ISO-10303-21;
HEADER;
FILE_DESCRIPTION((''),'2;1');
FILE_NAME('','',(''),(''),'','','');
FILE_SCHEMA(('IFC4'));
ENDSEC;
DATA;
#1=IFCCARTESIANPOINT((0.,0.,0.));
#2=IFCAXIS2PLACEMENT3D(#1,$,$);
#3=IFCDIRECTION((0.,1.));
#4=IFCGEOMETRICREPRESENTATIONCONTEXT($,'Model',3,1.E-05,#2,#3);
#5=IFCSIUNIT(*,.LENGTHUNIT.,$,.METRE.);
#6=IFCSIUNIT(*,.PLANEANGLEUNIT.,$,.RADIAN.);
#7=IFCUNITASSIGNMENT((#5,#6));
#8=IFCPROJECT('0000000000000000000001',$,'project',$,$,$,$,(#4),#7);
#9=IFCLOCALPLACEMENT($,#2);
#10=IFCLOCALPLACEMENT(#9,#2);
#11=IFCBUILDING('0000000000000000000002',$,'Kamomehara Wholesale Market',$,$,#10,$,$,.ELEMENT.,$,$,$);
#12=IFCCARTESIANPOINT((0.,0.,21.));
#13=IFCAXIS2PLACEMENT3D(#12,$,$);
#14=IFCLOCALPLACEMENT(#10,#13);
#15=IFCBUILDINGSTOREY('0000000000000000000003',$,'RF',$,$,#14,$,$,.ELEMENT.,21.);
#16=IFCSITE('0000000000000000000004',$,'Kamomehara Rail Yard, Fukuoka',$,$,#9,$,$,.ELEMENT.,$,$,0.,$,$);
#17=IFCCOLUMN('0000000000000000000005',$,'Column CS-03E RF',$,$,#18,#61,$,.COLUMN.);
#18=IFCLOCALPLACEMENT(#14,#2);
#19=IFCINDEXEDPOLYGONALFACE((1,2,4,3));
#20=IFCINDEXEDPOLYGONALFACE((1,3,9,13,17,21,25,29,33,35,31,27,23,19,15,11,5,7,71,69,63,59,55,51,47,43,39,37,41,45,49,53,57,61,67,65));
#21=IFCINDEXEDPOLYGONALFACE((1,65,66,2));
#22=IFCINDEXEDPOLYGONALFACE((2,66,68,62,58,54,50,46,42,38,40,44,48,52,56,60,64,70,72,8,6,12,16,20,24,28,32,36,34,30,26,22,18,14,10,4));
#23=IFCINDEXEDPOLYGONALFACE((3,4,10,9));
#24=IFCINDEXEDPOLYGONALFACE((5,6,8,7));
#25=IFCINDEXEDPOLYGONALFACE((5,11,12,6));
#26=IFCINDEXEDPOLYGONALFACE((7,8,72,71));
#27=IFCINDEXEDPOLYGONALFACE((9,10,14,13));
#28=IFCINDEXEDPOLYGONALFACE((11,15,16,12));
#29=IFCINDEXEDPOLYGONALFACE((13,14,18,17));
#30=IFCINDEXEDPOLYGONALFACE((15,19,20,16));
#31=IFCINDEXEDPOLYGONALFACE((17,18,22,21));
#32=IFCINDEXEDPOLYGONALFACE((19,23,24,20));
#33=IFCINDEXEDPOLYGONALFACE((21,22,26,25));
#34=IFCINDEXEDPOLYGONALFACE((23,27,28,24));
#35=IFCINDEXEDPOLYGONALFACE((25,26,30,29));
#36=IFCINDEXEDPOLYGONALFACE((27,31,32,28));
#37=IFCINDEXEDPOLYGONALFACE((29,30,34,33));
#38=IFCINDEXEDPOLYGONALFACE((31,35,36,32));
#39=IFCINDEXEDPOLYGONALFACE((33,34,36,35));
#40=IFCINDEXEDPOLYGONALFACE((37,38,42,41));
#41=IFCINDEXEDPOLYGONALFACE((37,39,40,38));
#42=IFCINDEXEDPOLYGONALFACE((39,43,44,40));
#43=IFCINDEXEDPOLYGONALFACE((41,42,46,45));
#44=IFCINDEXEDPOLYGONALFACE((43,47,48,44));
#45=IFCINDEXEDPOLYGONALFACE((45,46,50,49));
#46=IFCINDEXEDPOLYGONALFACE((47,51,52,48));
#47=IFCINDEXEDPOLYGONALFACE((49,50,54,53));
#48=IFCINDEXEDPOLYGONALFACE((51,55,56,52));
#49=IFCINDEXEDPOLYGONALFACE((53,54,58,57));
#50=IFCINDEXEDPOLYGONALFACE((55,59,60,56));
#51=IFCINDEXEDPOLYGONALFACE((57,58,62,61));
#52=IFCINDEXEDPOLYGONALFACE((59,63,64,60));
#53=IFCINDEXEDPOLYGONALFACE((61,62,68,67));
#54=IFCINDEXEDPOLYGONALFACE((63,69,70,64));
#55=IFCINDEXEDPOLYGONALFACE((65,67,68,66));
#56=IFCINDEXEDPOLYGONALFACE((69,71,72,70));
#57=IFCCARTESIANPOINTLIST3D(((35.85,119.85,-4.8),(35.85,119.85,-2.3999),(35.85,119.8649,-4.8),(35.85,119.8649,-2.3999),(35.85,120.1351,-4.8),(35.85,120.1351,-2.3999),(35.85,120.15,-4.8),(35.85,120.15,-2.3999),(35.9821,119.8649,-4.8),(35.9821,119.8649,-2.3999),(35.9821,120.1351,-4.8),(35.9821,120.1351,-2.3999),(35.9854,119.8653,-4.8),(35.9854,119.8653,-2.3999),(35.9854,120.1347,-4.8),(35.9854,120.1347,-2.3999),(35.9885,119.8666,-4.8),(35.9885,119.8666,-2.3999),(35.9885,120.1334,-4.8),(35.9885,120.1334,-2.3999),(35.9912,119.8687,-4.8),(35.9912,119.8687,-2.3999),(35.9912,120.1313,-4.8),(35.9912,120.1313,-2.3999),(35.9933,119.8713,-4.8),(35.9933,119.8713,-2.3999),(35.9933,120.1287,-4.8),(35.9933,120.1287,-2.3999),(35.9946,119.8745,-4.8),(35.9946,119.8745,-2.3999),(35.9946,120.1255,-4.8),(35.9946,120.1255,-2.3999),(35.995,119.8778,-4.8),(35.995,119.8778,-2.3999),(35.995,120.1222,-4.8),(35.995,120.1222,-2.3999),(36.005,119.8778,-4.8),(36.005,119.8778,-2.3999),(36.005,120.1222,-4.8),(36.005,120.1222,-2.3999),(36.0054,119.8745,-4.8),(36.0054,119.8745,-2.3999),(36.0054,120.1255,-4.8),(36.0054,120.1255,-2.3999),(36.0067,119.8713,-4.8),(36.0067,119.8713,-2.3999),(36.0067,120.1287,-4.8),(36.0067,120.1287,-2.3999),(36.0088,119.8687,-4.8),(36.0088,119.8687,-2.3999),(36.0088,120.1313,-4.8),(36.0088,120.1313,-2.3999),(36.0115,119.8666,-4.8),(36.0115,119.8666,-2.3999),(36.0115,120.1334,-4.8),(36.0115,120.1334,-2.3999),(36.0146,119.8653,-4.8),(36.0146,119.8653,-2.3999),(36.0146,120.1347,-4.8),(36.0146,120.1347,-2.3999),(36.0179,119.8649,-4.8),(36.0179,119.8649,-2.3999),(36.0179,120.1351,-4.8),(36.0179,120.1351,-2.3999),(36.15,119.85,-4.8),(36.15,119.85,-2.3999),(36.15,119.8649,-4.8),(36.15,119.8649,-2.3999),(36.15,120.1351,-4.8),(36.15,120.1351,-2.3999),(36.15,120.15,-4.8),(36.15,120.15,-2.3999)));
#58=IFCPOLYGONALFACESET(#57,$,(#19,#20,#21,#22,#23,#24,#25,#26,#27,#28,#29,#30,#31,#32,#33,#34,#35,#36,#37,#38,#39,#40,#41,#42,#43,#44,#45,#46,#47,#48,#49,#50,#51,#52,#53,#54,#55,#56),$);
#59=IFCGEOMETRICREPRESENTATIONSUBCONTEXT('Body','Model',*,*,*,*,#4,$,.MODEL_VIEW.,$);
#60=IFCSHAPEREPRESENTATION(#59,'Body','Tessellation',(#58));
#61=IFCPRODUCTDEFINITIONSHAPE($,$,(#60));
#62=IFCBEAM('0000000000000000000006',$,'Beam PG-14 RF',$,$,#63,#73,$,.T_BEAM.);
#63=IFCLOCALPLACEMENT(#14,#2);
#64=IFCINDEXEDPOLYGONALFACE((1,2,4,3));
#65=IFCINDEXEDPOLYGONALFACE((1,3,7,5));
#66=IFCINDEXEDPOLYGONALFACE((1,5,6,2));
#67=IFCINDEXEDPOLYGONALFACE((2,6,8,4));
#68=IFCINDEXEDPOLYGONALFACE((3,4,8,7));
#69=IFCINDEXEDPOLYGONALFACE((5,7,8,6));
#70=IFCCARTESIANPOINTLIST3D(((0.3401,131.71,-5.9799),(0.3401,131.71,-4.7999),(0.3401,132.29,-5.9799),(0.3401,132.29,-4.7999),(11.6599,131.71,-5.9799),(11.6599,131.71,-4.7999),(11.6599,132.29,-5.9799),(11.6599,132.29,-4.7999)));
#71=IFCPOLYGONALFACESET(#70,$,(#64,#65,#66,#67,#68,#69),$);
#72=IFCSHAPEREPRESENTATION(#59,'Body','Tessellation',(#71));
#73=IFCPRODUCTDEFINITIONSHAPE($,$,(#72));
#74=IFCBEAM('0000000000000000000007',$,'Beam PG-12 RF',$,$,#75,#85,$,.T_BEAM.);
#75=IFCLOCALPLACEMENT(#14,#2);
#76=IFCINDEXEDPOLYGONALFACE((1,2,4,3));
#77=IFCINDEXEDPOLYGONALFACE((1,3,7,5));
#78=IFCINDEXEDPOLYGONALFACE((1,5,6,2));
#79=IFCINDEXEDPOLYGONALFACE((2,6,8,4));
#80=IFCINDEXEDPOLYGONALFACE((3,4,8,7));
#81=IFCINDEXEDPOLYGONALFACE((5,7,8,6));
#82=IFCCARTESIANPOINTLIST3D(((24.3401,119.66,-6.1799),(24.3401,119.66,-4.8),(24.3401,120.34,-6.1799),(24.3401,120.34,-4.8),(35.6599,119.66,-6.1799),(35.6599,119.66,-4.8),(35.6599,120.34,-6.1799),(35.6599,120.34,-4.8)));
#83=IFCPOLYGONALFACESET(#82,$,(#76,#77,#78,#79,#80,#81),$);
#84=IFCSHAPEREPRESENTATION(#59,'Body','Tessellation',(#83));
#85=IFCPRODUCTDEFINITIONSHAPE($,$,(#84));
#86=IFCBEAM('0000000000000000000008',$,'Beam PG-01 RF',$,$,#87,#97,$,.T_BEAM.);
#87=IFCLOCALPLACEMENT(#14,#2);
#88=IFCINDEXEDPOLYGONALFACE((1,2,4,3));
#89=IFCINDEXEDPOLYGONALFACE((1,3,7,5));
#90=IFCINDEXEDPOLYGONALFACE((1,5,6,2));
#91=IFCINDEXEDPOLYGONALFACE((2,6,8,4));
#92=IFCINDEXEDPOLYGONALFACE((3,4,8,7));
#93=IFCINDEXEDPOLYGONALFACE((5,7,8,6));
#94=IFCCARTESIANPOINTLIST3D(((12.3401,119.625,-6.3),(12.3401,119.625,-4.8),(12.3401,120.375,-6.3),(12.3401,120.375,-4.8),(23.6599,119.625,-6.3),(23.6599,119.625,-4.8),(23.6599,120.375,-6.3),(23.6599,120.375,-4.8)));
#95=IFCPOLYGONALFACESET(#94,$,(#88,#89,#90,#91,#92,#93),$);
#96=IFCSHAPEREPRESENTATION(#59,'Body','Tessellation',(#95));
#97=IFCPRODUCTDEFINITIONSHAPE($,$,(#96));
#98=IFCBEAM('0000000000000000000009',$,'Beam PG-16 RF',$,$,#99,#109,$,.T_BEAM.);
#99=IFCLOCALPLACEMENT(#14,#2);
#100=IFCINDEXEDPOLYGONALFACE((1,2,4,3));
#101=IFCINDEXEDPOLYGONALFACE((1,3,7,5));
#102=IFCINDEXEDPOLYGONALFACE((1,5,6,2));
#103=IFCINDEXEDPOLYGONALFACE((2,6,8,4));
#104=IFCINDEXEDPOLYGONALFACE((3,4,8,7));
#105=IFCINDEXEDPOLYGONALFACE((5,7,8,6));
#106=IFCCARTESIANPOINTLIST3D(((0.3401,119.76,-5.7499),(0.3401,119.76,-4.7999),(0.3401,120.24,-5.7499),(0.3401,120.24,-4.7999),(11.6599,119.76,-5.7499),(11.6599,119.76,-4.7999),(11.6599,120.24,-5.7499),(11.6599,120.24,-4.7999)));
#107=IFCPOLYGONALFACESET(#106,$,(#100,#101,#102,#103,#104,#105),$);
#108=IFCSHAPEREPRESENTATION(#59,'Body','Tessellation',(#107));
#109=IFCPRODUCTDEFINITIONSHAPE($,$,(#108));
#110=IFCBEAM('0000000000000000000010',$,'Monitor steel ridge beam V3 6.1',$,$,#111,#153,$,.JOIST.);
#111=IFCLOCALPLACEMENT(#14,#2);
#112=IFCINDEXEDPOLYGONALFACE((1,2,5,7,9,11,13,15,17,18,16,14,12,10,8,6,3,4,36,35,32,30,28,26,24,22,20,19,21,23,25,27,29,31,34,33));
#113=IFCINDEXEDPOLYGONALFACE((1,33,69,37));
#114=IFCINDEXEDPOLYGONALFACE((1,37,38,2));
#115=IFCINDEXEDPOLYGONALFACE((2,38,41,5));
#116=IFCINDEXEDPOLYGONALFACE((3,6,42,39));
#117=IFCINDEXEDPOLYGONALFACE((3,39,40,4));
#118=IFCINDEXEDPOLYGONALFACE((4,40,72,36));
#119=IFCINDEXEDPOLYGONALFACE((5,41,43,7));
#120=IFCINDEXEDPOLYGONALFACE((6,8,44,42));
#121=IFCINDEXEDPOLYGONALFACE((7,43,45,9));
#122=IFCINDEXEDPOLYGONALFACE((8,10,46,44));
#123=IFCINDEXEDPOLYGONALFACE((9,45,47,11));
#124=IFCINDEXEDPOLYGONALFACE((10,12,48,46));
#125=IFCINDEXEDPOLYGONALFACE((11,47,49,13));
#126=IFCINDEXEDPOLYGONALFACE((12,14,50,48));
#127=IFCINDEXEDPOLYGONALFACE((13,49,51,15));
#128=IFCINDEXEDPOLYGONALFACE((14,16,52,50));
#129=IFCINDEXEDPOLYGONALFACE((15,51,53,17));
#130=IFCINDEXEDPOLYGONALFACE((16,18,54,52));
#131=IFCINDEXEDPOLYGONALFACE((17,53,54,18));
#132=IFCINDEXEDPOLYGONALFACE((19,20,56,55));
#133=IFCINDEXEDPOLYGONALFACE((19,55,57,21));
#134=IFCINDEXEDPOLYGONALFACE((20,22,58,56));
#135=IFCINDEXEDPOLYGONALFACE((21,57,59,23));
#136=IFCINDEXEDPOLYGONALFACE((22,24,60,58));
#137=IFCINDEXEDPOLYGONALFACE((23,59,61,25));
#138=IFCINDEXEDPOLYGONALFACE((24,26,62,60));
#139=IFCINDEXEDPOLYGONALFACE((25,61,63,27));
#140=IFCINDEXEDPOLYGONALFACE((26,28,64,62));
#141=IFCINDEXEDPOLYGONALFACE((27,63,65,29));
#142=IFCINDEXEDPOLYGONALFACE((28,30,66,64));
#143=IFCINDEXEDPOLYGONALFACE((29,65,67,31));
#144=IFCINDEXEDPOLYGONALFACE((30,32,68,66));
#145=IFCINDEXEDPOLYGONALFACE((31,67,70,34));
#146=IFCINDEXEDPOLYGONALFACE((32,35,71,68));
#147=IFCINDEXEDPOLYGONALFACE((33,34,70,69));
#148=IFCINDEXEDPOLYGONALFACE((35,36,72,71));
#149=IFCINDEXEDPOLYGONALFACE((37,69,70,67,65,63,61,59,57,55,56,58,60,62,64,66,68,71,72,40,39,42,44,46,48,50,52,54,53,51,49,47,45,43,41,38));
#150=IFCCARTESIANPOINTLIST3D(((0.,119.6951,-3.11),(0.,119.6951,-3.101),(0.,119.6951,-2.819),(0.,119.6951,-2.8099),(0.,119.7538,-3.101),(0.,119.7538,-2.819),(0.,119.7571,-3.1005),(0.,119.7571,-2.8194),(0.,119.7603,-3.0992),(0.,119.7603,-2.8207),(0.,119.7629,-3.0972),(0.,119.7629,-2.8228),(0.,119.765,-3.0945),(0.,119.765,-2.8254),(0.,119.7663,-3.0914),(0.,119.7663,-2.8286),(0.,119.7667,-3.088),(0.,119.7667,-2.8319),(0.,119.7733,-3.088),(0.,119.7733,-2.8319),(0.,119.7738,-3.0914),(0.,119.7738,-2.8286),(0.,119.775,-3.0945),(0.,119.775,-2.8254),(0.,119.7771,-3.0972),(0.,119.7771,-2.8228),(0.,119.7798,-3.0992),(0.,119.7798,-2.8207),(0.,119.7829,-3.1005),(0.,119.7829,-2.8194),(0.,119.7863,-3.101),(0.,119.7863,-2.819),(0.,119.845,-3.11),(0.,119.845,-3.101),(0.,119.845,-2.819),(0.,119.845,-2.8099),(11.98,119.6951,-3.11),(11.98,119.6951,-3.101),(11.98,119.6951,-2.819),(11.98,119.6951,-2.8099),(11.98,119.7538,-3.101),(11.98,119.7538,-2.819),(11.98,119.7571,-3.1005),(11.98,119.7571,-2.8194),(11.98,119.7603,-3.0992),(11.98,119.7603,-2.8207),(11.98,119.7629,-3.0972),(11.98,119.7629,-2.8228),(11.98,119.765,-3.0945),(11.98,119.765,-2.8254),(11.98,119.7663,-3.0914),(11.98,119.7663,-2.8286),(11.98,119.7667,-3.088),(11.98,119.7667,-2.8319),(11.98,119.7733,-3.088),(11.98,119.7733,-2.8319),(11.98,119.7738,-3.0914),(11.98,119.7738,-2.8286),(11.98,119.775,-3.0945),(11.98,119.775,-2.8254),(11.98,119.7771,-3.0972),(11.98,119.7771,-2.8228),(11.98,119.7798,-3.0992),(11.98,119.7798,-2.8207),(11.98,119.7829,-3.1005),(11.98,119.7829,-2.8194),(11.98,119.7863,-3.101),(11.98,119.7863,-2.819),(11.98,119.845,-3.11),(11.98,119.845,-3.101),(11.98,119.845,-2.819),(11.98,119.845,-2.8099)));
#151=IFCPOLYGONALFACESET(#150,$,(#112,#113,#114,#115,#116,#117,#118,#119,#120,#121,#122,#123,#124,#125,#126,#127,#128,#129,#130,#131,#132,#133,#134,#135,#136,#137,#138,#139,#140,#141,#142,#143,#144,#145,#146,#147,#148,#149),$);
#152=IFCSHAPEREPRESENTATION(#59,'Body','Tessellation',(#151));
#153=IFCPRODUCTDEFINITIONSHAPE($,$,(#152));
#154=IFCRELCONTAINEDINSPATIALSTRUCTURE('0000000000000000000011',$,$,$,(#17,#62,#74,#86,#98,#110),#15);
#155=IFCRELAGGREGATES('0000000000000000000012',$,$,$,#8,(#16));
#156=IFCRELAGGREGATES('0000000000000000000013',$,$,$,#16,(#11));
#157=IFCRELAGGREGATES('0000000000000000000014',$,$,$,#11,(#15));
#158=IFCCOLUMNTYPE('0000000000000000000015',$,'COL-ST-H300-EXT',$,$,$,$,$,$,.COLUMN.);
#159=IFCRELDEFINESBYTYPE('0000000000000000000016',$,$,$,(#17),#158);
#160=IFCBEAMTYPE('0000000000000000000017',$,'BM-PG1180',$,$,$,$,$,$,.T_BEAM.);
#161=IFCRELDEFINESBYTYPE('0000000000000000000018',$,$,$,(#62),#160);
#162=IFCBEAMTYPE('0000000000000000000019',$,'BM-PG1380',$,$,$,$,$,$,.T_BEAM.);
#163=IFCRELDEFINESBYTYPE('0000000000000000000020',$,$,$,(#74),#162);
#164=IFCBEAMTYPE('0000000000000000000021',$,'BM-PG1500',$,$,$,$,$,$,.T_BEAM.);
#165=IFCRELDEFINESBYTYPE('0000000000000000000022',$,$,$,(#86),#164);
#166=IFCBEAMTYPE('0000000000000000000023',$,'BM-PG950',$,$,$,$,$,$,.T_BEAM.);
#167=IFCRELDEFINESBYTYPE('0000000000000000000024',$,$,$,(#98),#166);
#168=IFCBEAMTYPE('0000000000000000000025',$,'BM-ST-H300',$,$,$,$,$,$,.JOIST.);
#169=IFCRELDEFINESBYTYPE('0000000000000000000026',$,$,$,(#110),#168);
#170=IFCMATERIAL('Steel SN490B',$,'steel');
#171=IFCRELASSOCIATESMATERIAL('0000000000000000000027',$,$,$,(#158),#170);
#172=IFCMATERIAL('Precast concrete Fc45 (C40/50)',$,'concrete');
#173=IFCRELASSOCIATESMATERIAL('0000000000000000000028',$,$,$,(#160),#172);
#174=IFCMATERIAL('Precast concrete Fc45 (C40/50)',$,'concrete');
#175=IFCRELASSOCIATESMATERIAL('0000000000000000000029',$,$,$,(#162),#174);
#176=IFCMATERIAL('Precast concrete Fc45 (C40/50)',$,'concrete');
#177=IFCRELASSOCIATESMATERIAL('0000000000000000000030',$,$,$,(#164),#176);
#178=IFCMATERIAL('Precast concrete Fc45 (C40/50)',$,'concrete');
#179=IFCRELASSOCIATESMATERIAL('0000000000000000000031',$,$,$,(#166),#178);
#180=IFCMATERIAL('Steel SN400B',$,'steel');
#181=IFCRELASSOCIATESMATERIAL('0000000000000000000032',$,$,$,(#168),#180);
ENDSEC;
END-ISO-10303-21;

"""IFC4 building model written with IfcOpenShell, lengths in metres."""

from ifc_helpers import new_model, si_unit, direction, frame, origin, origin_2d, place, context, subcontext, project, spatial, rectangle, i_section, extrude, material, material_profile, profile_set, type_object, element, save


model = new_model("IFC4")

# Units and contexts
model_context = context("Model", 3, precision=1e-05, world=origin(), true_north=direction((0.0, 1.0)))
body_context = subcontext(model_context, "Body", "Model", "MODEL_VIEW")
ifc_project = project(units=[si_unit("LENGTHUNIT", "METRE"), si_unit("PLANEANGLEUNIT", "RADIAN")], contexts=[model_context])

# Site, building, storey
site_placement = place(None, origin())
site = spatial("IfcSite", under=ifc_project, at=site_placement, Name="Kamomehara Rail Yard, Fukuoka", CompositionType="ELEMENT", RefElevation=0.0)
building_placement = place(site_placement, origin())
building = spatial("IfcBuilding", under=site, at=building_placement, Name="Kamomehara Wholesale Market", CompositionType="ELEMENT")
storey_placement = place(building_placement, frame((0.0, 0.0, 21.0)))
storey = spatial("IfcBuildingStorey", under=building, at=storey_placement, Name="RF", CompositionType="ELEMENT", Elevation=21.0)

# Column
ifc_material_1 = material(Name="Steel SN490B", Category="steel")
ifc_material_profile_1 = material_profile(ifc_material_1, i_section(OverallWidth=0.3, OverallDepth=0.3, WebThickness=0.01, FlangeThickness=0.0149, FilletRadius=0.0129, at=origin_2d()), Name="H-300x300x10x15")
ifc_profile_set_1 = profile_set([ifc_material_profile_1], Name="Steel SN490B")
column_type_1 = type_object("IfcColumnType", Name="COL-ST-H300-EXT", PredefinedType="COLUMN", material=ifc_profile_set_1)
for number, where, z_axis, x_axis, name in (
    (1, (36.0, 120.0, -4.8), (0.0, 0.0, 1.0), (1.0, 0.0, 0.0), "Column CS-03E RF"),
):
    element("IfcColumn", number, at=place(storey_placement, frame(where, z_axis=z_axis, x_axis=x_axis)), inside=storey, type_object=column_type_1, Name=name, PredefinedType="COLUMN", context=body_context, shape_type="SweptSolid", body=[
        extrude(i_section(OverallWidth=0.3, OverallDepth=0.3, WebThickness=0.01, FlangeThickness=0.0149, FilletRadius=0.0129, at=origin_2d()), origin(), (0.0, 0.0, 1.0), 2.4001),
    ])

# Beams
ifc_material_2 = material(Name="Precast concrete Fc45 (C40/50)", Category="concrete")
ifc_material_profile_2 = material_profile(ifc_material_2, rectangle(XDim=0.5801, YDim=1.1799, at=origin_2d()), Name="PC-GRD-580x1180")
ifc_profile_set_2 = profile_set([ifc_material_profile_2], Name="Precast concrete Fc45 (C40/50)")
beam_type_1 = type_object("IfcBeamType", Name="BM-PG1180", PredefinedType="T_BEAM", material=ifc_profile_set_2)
beam_1_placement = place(storey_placement, frame((0.3401, 132.0, -5.3899), z_axis=(1.0, 0.0, 0.0), x_axis=(0.0, 1.0, 0.0)))
element("IfcBeam", 2, at=beam_1_placement, inside=storey, type_object=beam_type_1, Name="Beam PG-14 RF", PredefinedType="T_BEAM", context=body_context, shape_type="SweptSolid", body=[
    extrude(rectangle(XDim=0.5801, YDim=1.1799, at=origin_2d()), origin(), (0.0, 0.0, 1.0), 11.3198),
])
ifc_material_3 = material(Name="Precast concrete Fc45 (C40/50)", Category="concrete")
ifc_material_profile_3 = material_profile(ifc_material_3, rectangle(XDim=0.6799, YDim=1.3799, at=origin_2d()), Name="PC-GRD-680x1380")
ifc_profile_set_3 = profile_set([ifc_material_profile_3], Name="Precast concrete Fc45 (C40/50)")
beam_type_2 = type_object("IfcBeamType", Name="BM-PG1380", PredefinedType="T_BEAM", material=ifc_profile_set_3)
beam_2_placement = place(storey_placement, frame((24.3401, 120.0, -5.49), z_axis=(1.0, 0.0, 0.0), x_axis=(0.0, 1.0, 0.0)))
element("IfcBeam", 3, at=beam_2_placement, inside=storey, type_object=beam_type_2, Name="Beam PG-12 RF", PredefinedType="T_BEAM", context=body_context, shape_type="SweptSolid", body=[
    extrude(rectangle(XDim=0.6799, YDim=1.3799, at=origin_2d()), origin(), (0.0, 0.0, 1.0), 11.3198),
])
ifc_material_4 = material(Name="Precast concrete Fc45 (C40/50)", Category="concrete")
ifc_material_profile_4 = material_profile(ifc_material_4, rectangle(XDim=0.75, YDim=1.5, at=origin_2d()), Name="PC-GRD-750x1500")
ifc_profile_set_4 = profile_set([ifc_material_profile_4], Name="Precast concrete Fc45 (C40/50)")
beam_type_3 = type_object("IfcBeamType", Name="BM-PG1500", PredefinedType="T_BEAM", material=ifc_profile_set_4)
beam_3_placement = place(storey_placement, frame((12.3401, 120.0, -5.55), z_axis=(1.0, 0.0, 0.0), x_axis=(0.0, 1.0, 0.0)))
element("IfcBeam", 4, at=beam_3_placement, inside=storey, type_object=beam_type_3, Name="Beam PG-01 RF", PredefinedType="T_BEAM", context=body_context, shape_type="SweptSolid", body=[
    extrude(rectangle(XDim=0.75, YDim=1.5, at=origin_2d()), origin(), (0.0, 0.0, 1.0), 11.3198),
])
ifc_material_5 = material(Name="Precast concrete Fc45 (C40/50)", Category="concrete")
ifc_material_profile_5 = material_profile(ifc_material_5, rectangle(XDim=0.48, YDim=0.95, at=origin_2d()), Name="PC-GRD-480x950")
ifc_profile_set_5 = profile_set([ifc_material_profile_5], Name="Precast concrete Fc45 (C40/50)")
beam_type_4 = type_object("IfcBeamType", Name="BM-PG950", PredefinedType="T_BEAM", material=ifc_profile_set_5)
beam_4_placement = place(storey_placement, frame((0.3401, 120.0, -5.2749), z_axis=(1.0, 0.0, 0.0), x_axis=(0.0, 1.0, 0.0)))
element("IfcBeam", 5, at=beam_4_placement, inside=storey, type_object=beam_type_4, Name="Beam PG-16 RF", PredefinedType="T_BEAM", context=body_context, shape_type="SweptSolid", body=[
    extrude(rectangle(XDim=0.48, YDim=0.95, at=origin_2d()), origin(), (0.0, 0.0, 1.0), 11.3198),
])
ifc_material_6 = material(Name="Steel SN400B", Category="steel")
ifc_material_profile_6 = material_profile(ifc_material_6, i_section(OverallWidth=0.1499, OverallDepth=0.3, WebThickness=0.0066, FlangeThickness=0.009, FilletRadius=0.0129, at=origin_2d()), Name="H-300x150x6.5x9")
ifc_profile_set_6 = profile_set([ifc_material_profile_6], Name="Steel SN400B")
beam_type_5 = type_object("IfcBeamType", Name="BM-ST-H300", PredefinedType="JOIST", material=ifc_profile_set_6)
beam_5_placement = place(storey_placement, frame((0.0, 119.77, -2.96), z_axis=(1.0, 0.0, 0.0), x_axis=(0.0, 1.0, 0.0)))
element("IfcBeam", 6, at=beam_5_placement, inside=storey, type_object=beam_type_5, Name="Monitor steel ridge beam V3 6.1", PredefinedType="JOIST", context=body_context, shape_type="SweptSolid", body=[
    extrude(i_section(OverallWidth=0.1499, OverallDepth=0.3, WebThickness=0.0066, FlangeThickness=0.009, FilletRadius=0.0129, at=origin_2d()), origin(), (0.0, 0.0, 1.0), 11.98),
])

save(model, "model.ifc")
